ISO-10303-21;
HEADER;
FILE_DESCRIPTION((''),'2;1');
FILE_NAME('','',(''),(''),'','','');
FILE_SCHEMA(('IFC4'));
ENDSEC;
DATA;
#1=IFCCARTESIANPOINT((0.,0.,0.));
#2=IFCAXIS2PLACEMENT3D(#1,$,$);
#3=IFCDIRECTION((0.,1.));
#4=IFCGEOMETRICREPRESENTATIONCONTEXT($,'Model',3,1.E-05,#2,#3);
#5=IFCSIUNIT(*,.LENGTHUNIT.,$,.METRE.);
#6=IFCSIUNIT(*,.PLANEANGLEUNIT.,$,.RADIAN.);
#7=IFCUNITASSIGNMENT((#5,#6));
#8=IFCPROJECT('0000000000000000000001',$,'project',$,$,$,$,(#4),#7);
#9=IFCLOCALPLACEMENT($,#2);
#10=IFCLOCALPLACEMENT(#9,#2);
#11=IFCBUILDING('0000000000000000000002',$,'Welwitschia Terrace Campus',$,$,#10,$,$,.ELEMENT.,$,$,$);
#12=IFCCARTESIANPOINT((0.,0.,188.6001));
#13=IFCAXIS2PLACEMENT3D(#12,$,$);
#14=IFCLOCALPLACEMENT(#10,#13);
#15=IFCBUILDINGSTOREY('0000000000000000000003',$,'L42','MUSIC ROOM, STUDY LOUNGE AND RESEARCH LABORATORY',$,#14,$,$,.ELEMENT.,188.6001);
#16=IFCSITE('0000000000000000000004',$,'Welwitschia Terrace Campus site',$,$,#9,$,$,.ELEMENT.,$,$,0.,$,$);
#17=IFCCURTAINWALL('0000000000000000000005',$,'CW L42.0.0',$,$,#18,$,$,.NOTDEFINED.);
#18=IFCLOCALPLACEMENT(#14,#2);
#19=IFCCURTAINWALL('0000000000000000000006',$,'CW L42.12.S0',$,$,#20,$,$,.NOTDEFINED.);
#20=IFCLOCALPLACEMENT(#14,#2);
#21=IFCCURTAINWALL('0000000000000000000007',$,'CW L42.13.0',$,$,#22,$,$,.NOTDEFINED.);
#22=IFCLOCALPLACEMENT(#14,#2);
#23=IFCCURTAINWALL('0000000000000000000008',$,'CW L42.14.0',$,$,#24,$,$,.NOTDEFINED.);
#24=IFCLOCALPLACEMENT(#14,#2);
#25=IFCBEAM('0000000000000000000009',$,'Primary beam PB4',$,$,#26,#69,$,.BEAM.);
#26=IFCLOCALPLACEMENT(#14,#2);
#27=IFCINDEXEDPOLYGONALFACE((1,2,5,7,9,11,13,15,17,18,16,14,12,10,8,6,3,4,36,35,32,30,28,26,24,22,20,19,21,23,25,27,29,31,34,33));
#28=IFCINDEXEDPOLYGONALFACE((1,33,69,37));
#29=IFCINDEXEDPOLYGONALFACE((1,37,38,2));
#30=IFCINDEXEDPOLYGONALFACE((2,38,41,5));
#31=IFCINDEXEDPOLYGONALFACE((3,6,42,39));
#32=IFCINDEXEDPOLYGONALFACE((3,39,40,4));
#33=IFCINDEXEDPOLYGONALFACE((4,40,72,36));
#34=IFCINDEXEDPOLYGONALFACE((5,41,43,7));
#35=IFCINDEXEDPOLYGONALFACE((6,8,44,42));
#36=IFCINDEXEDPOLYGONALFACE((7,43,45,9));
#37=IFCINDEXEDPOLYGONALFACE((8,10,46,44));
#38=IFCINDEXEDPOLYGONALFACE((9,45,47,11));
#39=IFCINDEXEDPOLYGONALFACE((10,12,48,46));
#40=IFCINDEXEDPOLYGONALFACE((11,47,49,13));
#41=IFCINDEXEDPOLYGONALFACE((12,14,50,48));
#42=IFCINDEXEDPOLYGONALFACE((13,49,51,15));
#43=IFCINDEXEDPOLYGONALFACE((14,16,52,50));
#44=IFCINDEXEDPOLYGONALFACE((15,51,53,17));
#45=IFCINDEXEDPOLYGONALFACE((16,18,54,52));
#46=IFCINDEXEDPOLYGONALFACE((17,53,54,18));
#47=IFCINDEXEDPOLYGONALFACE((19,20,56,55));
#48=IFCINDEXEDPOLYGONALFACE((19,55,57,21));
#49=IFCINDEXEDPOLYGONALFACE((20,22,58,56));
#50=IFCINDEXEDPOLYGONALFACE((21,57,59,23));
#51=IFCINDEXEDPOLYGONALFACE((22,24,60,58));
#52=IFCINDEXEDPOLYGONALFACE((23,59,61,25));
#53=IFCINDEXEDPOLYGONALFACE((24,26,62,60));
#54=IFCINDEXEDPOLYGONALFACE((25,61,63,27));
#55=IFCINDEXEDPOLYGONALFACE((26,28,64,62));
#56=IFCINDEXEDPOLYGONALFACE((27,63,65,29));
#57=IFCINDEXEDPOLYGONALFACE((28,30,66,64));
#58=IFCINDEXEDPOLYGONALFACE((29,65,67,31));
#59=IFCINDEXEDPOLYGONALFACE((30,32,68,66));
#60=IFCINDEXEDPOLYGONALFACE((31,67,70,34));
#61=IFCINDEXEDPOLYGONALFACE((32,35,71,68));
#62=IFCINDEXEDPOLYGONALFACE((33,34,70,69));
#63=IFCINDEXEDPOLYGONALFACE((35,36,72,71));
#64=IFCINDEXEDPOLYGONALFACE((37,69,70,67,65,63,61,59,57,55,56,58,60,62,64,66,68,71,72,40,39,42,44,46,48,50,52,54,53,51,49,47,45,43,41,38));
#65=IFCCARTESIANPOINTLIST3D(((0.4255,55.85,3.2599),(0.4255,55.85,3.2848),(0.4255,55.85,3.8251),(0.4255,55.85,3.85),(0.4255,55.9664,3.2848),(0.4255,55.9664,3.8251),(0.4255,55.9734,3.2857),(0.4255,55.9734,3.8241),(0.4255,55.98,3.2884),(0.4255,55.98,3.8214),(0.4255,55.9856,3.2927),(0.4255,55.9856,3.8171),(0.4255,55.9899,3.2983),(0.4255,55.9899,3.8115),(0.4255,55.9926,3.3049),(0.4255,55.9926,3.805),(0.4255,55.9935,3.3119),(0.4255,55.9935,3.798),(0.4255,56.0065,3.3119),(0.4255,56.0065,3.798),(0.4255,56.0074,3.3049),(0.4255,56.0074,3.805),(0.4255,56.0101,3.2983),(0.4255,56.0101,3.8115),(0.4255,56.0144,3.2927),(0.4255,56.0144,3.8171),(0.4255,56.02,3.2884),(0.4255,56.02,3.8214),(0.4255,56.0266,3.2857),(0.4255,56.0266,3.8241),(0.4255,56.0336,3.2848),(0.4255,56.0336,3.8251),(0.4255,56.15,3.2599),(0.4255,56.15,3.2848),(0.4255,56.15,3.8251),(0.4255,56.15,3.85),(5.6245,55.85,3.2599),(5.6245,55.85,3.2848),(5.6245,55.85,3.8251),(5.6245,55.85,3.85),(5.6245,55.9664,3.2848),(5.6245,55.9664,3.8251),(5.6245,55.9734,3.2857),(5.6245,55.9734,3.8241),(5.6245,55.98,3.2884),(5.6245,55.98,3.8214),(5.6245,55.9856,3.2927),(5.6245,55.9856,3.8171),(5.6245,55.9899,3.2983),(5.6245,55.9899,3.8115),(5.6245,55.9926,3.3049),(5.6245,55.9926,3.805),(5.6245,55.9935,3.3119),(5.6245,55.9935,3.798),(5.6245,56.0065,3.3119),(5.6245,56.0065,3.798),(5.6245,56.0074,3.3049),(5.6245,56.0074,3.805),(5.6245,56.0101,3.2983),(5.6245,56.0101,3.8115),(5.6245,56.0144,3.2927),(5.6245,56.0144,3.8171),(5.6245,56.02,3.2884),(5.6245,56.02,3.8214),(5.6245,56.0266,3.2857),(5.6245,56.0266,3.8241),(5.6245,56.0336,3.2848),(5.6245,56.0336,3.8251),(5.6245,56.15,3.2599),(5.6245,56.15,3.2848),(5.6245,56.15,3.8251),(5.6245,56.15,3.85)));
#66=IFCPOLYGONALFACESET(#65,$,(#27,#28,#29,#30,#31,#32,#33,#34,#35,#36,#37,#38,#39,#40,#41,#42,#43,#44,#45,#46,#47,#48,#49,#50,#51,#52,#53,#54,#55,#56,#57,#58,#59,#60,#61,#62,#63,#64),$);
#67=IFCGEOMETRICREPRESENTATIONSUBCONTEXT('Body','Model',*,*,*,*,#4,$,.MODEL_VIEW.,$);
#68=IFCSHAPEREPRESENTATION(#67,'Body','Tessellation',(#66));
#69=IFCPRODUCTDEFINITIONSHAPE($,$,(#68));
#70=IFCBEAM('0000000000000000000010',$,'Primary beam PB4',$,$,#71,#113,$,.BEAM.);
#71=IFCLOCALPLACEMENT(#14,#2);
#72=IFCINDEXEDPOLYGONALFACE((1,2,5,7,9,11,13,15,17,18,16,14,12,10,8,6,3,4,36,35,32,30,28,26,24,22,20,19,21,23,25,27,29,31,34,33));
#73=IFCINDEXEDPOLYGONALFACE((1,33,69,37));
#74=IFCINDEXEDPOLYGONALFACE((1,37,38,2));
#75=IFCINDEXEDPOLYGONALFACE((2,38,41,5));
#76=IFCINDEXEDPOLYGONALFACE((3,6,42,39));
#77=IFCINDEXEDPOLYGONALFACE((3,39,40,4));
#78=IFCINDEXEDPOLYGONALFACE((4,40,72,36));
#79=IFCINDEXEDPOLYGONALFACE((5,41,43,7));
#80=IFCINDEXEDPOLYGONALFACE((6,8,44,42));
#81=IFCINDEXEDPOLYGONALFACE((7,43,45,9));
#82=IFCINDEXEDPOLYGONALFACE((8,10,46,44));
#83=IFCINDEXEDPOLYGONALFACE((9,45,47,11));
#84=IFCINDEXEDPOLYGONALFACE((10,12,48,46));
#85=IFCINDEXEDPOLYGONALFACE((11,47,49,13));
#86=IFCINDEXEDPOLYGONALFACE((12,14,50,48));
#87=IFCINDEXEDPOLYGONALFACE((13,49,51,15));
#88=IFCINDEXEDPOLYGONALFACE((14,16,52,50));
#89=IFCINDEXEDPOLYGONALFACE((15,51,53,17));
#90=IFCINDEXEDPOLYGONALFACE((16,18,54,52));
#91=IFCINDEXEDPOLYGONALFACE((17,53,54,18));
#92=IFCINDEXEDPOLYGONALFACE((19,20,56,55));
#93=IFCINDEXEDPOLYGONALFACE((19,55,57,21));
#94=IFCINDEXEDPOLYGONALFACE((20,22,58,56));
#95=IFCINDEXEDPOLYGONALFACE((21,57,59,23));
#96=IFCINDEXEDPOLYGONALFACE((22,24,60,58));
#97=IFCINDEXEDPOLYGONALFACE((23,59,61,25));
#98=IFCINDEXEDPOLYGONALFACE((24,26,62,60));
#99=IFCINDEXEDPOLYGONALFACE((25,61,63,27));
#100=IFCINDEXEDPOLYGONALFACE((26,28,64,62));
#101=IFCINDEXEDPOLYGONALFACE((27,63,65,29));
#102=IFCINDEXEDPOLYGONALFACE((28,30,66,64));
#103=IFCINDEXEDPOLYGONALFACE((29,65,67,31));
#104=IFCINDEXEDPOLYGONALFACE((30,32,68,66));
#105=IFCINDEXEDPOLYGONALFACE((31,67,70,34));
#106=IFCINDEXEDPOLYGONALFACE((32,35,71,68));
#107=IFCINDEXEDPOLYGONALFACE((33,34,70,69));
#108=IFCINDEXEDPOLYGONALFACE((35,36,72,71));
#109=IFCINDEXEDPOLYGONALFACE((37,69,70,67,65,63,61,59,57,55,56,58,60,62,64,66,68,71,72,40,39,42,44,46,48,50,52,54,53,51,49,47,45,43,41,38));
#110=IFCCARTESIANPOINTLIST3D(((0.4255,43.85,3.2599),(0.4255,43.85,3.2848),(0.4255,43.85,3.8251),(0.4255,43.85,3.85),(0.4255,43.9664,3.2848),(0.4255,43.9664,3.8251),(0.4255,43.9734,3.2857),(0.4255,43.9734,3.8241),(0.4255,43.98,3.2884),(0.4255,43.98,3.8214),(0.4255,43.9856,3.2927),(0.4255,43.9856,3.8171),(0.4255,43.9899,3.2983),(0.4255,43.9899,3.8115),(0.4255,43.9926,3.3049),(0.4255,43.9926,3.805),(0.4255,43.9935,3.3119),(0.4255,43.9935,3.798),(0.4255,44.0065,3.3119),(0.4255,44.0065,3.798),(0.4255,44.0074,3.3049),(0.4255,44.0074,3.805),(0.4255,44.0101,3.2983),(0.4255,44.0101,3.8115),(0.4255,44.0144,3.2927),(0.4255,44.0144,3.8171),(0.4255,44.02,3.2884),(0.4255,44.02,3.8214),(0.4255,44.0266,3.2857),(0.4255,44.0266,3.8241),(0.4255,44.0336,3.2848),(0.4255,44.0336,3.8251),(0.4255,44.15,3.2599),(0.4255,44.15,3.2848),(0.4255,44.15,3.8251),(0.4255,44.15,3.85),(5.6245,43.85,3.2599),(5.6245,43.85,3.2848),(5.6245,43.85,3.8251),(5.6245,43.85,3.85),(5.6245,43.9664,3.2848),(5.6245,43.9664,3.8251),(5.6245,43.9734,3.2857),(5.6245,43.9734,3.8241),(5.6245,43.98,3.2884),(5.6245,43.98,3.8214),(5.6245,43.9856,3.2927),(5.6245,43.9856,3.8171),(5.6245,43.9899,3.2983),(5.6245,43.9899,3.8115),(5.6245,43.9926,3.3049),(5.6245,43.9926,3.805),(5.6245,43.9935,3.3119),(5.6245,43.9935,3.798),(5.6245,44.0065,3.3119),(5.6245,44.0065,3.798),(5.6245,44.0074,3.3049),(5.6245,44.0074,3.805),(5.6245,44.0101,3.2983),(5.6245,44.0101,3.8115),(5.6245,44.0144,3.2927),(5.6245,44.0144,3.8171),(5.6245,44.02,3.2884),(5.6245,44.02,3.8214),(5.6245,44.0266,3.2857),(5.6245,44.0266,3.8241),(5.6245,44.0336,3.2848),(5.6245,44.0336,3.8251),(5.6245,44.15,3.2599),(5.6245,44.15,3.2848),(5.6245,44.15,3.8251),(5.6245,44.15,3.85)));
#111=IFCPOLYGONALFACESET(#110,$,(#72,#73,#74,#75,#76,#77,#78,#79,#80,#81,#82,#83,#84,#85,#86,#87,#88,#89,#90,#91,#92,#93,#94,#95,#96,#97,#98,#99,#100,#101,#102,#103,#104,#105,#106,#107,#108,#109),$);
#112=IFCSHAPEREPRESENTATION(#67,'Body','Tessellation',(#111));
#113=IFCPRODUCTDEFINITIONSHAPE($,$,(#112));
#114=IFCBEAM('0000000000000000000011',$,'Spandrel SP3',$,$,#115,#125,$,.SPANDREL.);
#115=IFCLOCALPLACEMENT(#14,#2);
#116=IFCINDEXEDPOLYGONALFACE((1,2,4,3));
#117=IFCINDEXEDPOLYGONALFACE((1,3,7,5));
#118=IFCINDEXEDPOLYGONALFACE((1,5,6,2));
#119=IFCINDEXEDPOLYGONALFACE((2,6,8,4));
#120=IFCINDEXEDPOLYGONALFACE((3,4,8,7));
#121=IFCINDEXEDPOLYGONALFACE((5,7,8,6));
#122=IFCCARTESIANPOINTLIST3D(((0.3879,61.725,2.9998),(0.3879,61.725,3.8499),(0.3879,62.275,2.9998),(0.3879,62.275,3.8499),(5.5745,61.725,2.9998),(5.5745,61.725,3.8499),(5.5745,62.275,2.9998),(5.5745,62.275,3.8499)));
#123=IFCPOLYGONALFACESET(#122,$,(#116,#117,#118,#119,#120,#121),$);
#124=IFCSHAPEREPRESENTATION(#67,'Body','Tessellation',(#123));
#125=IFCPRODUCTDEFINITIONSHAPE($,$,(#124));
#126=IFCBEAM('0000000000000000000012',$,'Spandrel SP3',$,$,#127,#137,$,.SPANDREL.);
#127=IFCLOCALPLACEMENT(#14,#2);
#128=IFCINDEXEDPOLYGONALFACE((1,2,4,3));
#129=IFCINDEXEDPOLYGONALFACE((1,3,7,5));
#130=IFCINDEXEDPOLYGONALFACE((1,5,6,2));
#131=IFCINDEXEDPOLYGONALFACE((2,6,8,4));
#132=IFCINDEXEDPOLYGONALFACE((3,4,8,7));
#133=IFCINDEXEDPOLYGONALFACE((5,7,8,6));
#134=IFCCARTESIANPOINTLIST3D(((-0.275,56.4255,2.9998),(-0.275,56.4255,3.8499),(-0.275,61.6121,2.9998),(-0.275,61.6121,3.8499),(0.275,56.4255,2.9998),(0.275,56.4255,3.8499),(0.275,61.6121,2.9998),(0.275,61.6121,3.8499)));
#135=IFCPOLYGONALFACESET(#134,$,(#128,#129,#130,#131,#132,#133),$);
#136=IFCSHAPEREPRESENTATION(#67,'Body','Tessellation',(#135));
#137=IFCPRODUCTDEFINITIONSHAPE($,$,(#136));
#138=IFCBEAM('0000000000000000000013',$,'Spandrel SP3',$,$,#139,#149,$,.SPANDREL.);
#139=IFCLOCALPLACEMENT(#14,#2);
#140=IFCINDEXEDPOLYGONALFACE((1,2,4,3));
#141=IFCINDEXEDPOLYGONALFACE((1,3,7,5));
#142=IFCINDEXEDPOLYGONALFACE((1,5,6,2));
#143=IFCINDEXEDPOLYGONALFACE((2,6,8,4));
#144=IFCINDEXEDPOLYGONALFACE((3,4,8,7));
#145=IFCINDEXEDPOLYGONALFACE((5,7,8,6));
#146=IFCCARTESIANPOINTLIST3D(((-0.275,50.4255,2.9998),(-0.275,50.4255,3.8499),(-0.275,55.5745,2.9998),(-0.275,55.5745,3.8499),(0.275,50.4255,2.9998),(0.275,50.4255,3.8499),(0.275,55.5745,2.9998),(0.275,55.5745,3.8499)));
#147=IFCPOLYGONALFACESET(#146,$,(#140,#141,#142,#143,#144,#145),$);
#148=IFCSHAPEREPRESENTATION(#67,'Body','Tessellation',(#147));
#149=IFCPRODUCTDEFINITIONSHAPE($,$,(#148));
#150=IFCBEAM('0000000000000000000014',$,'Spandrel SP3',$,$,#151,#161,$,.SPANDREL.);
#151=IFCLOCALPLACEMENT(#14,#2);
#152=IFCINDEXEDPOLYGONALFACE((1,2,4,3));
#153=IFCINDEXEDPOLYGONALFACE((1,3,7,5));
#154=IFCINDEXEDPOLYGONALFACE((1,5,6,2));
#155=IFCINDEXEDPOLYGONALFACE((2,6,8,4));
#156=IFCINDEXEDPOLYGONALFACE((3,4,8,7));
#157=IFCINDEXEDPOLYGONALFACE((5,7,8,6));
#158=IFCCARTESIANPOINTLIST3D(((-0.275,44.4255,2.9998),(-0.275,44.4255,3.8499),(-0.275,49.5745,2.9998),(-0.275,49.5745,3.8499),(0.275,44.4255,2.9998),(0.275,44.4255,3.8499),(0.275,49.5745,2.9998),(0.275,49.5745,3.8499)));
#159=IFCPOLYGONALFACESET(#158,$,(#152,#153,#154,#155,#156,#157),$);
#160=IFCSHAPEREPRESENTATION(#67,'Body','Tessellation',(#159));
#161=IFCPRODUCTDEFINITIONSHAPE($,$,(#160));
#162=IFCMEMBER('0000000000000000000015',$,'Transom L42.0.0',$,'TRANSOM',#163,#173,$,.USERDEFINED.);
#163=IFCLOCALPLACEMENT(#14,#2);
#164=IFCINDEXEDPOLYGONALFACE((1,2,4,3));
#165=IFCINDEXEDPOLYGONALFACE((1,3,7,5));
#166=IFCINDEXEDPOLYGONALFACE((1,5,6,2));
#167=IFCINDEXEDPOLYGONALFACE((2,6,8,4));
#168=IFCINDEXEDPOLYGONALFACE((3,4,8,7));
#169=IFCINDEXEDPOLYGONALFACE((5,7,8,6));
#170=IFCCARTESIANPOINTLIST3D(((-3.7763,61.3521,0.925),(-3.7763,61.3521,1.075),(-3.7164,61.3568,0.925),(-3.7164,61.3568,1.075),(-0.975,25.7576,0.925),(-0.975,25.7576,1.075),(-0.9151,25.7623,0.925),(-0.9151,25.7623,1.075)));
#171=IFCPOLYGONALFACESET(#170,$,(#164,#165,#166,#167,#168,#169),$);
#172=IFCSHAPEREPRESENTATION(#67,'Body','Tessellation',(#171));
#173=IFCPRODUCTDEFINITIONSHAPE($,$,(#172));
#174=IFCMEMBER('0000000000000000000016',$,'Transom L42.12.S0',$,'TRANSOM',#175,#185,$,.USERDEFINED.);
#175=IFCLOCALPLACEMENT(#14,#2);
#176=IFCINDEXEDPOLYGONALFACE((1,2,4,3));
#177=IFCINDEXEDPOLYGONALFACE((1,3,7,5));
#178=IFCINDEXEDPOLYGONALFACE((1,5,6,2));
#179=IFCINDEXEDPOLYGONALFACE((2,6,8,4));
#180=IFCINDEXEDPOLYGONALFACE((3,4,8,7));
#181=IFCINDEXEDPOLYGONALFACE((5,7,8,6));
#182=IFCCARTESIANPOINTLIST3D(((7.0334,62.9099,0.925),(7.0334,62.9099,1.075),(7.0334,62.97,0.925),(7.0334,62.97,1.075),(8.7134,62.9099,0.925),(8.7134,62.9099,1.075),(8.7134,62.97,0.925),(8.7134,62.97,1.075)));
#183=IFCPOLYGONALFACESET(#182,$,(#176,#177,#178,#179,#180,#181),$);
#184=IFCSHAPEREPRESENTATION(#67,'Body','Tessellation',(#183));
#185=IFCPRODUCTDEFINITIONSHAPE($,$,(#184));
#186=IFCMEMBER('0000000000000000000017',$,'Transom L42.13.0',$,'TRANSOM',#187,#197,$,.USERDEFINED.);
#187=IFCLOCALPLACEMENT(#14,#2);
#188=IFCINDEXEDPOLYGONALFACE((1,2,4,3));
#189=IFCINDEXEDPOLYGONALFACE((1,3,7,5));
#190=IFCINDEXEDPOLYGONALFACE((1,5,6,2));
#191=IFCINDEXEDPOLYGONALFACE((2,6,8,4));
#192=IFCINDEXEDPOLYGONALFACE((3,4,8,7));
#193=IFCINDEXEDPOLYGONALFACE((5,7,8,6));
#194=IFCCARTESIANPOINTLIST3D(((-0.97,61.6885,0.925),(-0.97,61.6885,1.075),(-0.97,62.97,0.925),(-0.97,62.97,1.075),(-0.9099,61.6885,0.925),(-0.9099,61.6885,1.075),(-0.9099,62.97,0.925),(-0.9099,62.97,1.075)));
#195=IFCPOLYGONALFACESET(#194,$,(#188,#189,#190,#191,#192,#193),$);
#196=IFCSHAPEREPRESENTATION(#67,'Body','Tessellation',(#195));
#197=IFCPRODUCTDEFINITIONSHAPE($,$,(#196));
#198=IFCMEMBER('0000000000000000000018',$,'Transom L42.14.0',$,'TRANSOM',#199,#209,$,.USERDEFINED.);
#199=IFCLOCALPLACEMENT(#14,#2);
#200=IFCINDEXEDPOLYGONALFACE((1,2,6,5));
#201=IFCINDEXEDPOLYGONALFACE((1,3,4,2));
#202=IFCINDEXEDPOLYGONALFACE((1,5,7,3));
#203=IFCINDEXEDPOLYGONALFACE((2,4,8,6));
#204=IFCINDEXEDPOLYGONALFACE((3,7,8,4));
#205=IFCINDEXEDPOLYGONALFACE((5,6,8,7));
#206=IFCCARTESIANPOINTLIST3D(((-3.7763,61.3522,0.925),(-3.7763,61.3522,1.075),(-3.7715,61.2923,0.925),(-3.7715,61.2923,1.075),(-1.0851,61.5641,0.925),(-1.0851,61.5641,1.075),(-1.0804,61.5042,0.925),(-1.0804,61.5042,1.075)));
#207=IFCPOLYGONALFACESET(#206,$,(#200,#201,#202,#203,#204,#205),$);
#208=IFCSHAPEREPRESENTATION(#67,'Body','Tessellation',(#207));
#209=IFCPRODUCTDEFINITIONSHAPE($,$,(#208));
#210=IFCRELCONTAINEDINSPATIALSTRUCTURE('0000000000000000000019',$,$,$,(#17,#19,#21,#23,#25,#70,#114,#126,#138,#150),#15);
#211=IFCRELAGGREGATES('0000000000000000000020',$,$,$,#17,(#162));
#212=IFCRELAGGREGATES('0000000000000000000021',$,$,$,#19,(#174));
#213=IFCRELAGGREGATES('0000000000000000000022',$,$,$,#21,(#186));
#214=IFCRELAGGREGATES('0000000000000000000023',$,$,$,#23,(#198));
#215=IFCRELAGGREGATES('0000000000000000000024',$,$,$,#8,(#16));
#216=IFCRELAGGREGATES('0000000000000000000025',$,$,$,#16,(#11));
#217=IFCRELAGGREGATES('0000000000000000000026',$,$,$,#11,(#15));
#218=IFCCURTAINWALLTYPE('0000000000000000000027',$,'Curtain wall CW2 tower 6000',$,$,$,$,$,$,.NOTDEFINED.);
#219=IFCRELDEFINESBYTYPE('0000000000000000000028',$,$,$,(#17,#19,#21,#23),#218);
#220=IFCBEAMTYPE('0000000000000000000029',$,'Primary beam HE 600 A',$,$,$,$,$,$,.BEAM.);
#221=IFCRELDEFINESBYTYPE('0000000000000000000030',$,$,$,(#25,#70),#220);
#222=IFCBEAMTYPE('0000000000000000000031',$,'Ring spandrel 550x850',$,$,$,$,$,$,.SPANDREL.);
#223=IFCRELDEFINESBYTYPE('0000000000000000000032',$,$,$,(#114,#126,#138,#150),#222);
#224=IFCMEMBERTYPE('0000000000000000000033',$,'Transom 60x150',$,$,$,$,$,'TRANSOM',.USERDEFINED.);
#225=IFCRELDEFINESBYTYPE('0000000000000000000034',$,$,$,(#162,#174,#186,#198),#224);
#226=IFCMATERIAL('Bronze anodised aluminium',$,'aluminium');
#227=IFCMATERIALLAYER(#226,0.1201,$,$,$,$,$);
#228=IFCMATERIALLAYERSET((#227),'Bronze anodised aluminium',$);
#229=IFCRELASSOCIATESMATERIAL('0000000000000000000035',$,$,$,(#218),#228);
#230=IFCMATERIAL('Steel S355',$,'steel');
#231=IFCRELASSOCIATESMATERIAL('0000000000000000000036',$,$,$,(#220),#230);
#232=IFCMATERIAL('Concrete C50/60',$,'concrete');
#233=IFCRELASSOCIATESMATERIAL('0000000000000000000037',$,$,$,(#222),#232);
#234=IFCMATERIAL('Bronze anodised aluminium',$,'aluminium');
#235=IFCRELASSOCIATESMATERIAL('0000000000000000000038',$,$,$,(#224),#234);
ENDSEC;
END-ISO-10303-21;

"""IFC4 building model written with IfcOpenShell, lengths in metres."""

from ifc_helpers import new_model, si_unit, direction, frame, origin, origin_2d, place, context, subcontext, project, spatial, rectangle, i_section, extrude, material, layer, layer_set, material_profile, profile_set, type_object, element, aggregate, save


model = new_model("IFC4")

# Units and contexts
model_context = context("Model", 3, precision=1e-05, world=origin(), true_north=direction((0.0, 1.0)))
body_context = subcontext(model_context, "Body", "Model", "MODEL_VIEW")
ifc_project = project(units=[si_unit("LENGTHUNIT", "METRE"), si_unit("PLANEANGLEUNIT", "RADIAN")], contexts=[model_context])

# Site, building, storey
site_placement = place(None, origin())
site = spatial("IfcSite", under=ifc_project, at=site_placement, Name="Welwitschia Terrace Campus site", CompositionType="ELEMENT", RefElevation=0.0)
building_placement = place(site_placement, origin())
building = spatial("IfcBuilding", under=site, at=building_placement, Name="Welwitschia Terrace Campus", CompositionType="ELEMENT")
storey_placement = place(building_placement, frame((0.0, 0.0, 188.6001)))
storey = spatial("IfcBuildingStorey", under=building, at=storey_placement, Name="L42", Description="MUSIC ROOM, STUDY LOUNGE AND RESEARCH LABORATORY", CompositionType="ELEMENT", Elevation=188.6001)

# Curtain walls
ifc_material_1 = material(Name="Bronze anodised aluminium", Category="aluminium")
ifc_layer_1 = layer(ifc_material_1, 0.1201)
ifc_layer_set_1 = layer_set([ifc_layer_1], Name="Bronze anodised aluminium")
curtain_wall_type = type_object("IfcCurtainWallType", Name="Curtain wall CW2 tower 6000", PredefinedType="NOTDEFINED", material=ifc_layer_set_1)
curtain_wall_1_placement = place(storey_placement, origin())
curtain_wall_1 = element("IfcCurtainWall", 1, at=curtain_wall_1_placement, inside=storey, type_object=curtain_wall_type, Name="CW L42.0.0", PredefinedType="NOTDEFINED")
curtain_wall_2_placement = place(storey_placement, origin())
curtain_wall_2 = element("IfcCurtainWall", 2, at=curtain_wall_2_placement, inside=storey, type_object=curtain_wall_type, Name="CW L42.12.S0", PredefinedType="NOTDEFINED")
curtain_wall_3_placement = place(storey_placement, origin())
curtain_wall_3 = element("IfcCurtainWall", 3, at=curtain_wall_3_placement, inside=storey, type_object=curtain_wall_type, Name="CW L42.13.0", PredefinedType="NOTDEFINED")
curtain_wall_4_placement = place(storey_placement, origin())
curtain_wall_4 = element("IfcCurtainWall", 4, at=curtain_wall_4_placement, inside=storey, type_object=curtain_wall_type, Name="CW L42.14.0", PredefinedType="NOTDEFINED")

# Beams
ifc_material_2 = material(Name="Steel S355", Category="steel")
ifc_material_profile_1 = material_profile(ifc_material_2, i_section(OverallWidth=0.3, OverallDepth=0.5901, WebThickness=0.0129, FlangeThickness=0.0249, FilletRadius=0.0271, at=origin_2d()))
ifc_profile_set_1 = profile_set([ifc_material_profile_1], Name="Steel S355")
beam_type_1 = type_object("IfcBeamType", Name="Primary beam HE 600 A", PredefinedType="BEAM", material=ifc_profile_set_1)
for number, where, z_axis, x_axis, name in (
    (5, (0.4255, 56.0, 3.5549), (1.0, 0.0, 0.0), (0.0, 1.0, 0.0), "Primary beam PB4"),
    (6, (0.4255, 44.0, 3.5549), (1.0, 0.0, 0.0), (0.0, 1.0, 0.0), "Primary beam PB4"),
):
    element("IfcBeam", number, at=place(storey_placement, frame(where, z_axis=z_axis, x_axis=x_axis)), inside=storey, type_object=beam_type_1, Name=name, PredefinedType="BEAM", context=body_context, shape_type="SweptSolid", body=[
        extrude(i_section(OverallWidth=0.3, OverallDepth=0.5901, WebThickness=0.0129, FlangeThickness=0.0249, FilletRadius=0.0271, at=origin_2d()), origin(), (0.0, 0.0, 1.0), 5.199),
    ])
ifc_material_3 = material(Name="Concrete C50/60", Category="concrete")
ifc_material_profile_2 = material_profile(ifc_material_3, rectangle(XDim=0.55, YDim=0.8501, at=origin_2d()))
ifc_profile_set_2 = profile_set([ifc_material_profile_2], Name="Concrete C50/60")
beam_type_2 = type_object("IfcBeamType", Name="Ring spandrel 550x850", PredefinedType="SPANDREL", material=ifc_profile_set_2)
for number, where, z_axis, x_axis, name in (
    (7, (5.5745, 62.0, 3.4248), (-1.0, 0.0, 0.0), (0.0, -1.0, 0.0), "Spandrel SP3"),
    (8, (0.0, 61.6121, 3.4248), (0.0, -1.0, 0.0), (1.0, 0.0, 0.0), "Spandrel SP3"),
):
    element("IfcBeam", number, at=place(storey_placement, frame(where, z_axis=z_axis, x_axis=x_axis)), inside=storey, type_object=beam_type_2, Name=name, PredefinedType="SPANDREL", context=body_context, shape_type="SweptSolid", body=[
        extrude(rectangle(XDim=0.55, YDim=0.8501, at=origin_2d()), origin(), (0.0, 0.0, 1.0), 5.1865),
    ])
for number, where, z_axis, x_axis, name in (
    (9, (0.0, 55.5745, 3.4248), (0.0, -1.0, 0.0), (1.0, 0.0, 0.0), "Spandrel SP3"),
    (10, (0.0, 49.5745, 3.4248), (0.0, -1.0, 0.0), (1.0, 0.0, 0.0), "Spandrel SP3"),
):
    element("IfcBeam", number, at=place(storey_placement, frame(where, z_axis=z_axis, x_axis=x_axis)), inside=storey, type_object=beam_type_2, Name=name, PredefinedType="SPANDREL", context=body_context, shape_type="SweptSolid", body=[
        extrude(rectangle(XDim=0.55, YDim=0.8501, at=origin_2d()), origin(), (0.0, 0.0, 1.0), 5.1489),
    ])

# Members
ifc_material_4 = material(Name="Bronze anodised aluminium", Category="aluminium")
ifc_material_profile_3 = material_profile(ifc_material_4, rectangle(XDim=0.0601, YDim=0.1499, at=origin_2d()))
ifc_profile_set_3 = profile_set([ifc_material_profile_3], Name="Bronze anodised aluminium")
member_type_1 = type_object("IfcMemberType", Name="Transom 60x150", ElementType="TRANSOM", PredefinedType="USERDEFINED", material=ifc_profile_set_3)
member_1_placement = place(storey_placement, frame((-3.7463, 61.3545, 1.0), z_axis=(0.078457, -0.996918, 0.0), x_axis=(0.996918, 0.078457, 0.0)))
member_1 = element("IfcMember", 11, at=member_1_placement, type_object=member_type_1, Name="Transom L42.0.0", ObjectType="TRANSOM", PredefinedType="USERDEFINED", context=body_context, shape_type="SweptSolid", body=[
    extrude(rectangle(XDim=0.0601, YDim=0.1499, at=origin_2d()), origin(), (0.0, 0.0, 1.0), 35.7046),
])
member_2_placement = place(storey_placement, frame((8.7134, 62.9399, 1.0), z_axis=(-1.0, 0.0, 0.0), x_axis=(0.0, -1.0, 0.0)))
member_2 = element("IfcMember", 12, at=member_2_placement, type_object=member_type_1, Name="Transom L42.12.S0", ObjectType="TRANSOM", PredefinedType="USERDEFINED", context=body_context, shape_type="SweptSolid", body=[
    extrude(rectangle(XDim=0.0601, YDim=0.1499, at=origin_2d()), origin(), (0.0, 0.0, 1.0), 1.6799),
])
member_3_placement = place(storey_placement, frame((-0.9399, 62.97, 1.0), z_axis=(0.0, -1.0, 0.0), x_axis=(1.0, 0.0, 0.0)))
member_3 = element("IfcMember", 13, at=member_3_placement, type_object=member_type_1, Name="Transom L42.13.0", ObjectType="TRANSOM", PredefinedType="USERDEFINED", context=body_context, shape_type="SweptSolid", body=[
    extrude(rectangle(XDim=0.0601, YDim=0.1499, at=origin_2d()), origin(), (0.0, 0.0, 1.0), 1.2815),
])
member_4_placement = place(storey_placement, frame((-1.0828, 61.5342, 1.0), z_axis=(-0.996914, -0.078501, 0.0), x_axis=(0.078501, -0.996914, 0.0)))
member_4 = element("IfcMember", 14, at=member_4_placement, type_object=member_type_1, Name="Transom L42.14.0", ObjectType="TRANSOM", PredefinedType="USERDEFINED", context=body_context, shape_type="SweptSolid", body=[
    extrude(rectangle(XDim=0.0601, YDim=0.1499, at=origin_2d()), origin(), (0.0, 0.0, 1.0), 2.6995),
])

aggregate(curtain_wall_1, [member_1])
aggregate(curtain_wall_2, [member_2])
aggregate(curtain_wall_3, [member_3])
aggregate(curtain_wall_4, [member_4])

save(model, "model.ifc")
